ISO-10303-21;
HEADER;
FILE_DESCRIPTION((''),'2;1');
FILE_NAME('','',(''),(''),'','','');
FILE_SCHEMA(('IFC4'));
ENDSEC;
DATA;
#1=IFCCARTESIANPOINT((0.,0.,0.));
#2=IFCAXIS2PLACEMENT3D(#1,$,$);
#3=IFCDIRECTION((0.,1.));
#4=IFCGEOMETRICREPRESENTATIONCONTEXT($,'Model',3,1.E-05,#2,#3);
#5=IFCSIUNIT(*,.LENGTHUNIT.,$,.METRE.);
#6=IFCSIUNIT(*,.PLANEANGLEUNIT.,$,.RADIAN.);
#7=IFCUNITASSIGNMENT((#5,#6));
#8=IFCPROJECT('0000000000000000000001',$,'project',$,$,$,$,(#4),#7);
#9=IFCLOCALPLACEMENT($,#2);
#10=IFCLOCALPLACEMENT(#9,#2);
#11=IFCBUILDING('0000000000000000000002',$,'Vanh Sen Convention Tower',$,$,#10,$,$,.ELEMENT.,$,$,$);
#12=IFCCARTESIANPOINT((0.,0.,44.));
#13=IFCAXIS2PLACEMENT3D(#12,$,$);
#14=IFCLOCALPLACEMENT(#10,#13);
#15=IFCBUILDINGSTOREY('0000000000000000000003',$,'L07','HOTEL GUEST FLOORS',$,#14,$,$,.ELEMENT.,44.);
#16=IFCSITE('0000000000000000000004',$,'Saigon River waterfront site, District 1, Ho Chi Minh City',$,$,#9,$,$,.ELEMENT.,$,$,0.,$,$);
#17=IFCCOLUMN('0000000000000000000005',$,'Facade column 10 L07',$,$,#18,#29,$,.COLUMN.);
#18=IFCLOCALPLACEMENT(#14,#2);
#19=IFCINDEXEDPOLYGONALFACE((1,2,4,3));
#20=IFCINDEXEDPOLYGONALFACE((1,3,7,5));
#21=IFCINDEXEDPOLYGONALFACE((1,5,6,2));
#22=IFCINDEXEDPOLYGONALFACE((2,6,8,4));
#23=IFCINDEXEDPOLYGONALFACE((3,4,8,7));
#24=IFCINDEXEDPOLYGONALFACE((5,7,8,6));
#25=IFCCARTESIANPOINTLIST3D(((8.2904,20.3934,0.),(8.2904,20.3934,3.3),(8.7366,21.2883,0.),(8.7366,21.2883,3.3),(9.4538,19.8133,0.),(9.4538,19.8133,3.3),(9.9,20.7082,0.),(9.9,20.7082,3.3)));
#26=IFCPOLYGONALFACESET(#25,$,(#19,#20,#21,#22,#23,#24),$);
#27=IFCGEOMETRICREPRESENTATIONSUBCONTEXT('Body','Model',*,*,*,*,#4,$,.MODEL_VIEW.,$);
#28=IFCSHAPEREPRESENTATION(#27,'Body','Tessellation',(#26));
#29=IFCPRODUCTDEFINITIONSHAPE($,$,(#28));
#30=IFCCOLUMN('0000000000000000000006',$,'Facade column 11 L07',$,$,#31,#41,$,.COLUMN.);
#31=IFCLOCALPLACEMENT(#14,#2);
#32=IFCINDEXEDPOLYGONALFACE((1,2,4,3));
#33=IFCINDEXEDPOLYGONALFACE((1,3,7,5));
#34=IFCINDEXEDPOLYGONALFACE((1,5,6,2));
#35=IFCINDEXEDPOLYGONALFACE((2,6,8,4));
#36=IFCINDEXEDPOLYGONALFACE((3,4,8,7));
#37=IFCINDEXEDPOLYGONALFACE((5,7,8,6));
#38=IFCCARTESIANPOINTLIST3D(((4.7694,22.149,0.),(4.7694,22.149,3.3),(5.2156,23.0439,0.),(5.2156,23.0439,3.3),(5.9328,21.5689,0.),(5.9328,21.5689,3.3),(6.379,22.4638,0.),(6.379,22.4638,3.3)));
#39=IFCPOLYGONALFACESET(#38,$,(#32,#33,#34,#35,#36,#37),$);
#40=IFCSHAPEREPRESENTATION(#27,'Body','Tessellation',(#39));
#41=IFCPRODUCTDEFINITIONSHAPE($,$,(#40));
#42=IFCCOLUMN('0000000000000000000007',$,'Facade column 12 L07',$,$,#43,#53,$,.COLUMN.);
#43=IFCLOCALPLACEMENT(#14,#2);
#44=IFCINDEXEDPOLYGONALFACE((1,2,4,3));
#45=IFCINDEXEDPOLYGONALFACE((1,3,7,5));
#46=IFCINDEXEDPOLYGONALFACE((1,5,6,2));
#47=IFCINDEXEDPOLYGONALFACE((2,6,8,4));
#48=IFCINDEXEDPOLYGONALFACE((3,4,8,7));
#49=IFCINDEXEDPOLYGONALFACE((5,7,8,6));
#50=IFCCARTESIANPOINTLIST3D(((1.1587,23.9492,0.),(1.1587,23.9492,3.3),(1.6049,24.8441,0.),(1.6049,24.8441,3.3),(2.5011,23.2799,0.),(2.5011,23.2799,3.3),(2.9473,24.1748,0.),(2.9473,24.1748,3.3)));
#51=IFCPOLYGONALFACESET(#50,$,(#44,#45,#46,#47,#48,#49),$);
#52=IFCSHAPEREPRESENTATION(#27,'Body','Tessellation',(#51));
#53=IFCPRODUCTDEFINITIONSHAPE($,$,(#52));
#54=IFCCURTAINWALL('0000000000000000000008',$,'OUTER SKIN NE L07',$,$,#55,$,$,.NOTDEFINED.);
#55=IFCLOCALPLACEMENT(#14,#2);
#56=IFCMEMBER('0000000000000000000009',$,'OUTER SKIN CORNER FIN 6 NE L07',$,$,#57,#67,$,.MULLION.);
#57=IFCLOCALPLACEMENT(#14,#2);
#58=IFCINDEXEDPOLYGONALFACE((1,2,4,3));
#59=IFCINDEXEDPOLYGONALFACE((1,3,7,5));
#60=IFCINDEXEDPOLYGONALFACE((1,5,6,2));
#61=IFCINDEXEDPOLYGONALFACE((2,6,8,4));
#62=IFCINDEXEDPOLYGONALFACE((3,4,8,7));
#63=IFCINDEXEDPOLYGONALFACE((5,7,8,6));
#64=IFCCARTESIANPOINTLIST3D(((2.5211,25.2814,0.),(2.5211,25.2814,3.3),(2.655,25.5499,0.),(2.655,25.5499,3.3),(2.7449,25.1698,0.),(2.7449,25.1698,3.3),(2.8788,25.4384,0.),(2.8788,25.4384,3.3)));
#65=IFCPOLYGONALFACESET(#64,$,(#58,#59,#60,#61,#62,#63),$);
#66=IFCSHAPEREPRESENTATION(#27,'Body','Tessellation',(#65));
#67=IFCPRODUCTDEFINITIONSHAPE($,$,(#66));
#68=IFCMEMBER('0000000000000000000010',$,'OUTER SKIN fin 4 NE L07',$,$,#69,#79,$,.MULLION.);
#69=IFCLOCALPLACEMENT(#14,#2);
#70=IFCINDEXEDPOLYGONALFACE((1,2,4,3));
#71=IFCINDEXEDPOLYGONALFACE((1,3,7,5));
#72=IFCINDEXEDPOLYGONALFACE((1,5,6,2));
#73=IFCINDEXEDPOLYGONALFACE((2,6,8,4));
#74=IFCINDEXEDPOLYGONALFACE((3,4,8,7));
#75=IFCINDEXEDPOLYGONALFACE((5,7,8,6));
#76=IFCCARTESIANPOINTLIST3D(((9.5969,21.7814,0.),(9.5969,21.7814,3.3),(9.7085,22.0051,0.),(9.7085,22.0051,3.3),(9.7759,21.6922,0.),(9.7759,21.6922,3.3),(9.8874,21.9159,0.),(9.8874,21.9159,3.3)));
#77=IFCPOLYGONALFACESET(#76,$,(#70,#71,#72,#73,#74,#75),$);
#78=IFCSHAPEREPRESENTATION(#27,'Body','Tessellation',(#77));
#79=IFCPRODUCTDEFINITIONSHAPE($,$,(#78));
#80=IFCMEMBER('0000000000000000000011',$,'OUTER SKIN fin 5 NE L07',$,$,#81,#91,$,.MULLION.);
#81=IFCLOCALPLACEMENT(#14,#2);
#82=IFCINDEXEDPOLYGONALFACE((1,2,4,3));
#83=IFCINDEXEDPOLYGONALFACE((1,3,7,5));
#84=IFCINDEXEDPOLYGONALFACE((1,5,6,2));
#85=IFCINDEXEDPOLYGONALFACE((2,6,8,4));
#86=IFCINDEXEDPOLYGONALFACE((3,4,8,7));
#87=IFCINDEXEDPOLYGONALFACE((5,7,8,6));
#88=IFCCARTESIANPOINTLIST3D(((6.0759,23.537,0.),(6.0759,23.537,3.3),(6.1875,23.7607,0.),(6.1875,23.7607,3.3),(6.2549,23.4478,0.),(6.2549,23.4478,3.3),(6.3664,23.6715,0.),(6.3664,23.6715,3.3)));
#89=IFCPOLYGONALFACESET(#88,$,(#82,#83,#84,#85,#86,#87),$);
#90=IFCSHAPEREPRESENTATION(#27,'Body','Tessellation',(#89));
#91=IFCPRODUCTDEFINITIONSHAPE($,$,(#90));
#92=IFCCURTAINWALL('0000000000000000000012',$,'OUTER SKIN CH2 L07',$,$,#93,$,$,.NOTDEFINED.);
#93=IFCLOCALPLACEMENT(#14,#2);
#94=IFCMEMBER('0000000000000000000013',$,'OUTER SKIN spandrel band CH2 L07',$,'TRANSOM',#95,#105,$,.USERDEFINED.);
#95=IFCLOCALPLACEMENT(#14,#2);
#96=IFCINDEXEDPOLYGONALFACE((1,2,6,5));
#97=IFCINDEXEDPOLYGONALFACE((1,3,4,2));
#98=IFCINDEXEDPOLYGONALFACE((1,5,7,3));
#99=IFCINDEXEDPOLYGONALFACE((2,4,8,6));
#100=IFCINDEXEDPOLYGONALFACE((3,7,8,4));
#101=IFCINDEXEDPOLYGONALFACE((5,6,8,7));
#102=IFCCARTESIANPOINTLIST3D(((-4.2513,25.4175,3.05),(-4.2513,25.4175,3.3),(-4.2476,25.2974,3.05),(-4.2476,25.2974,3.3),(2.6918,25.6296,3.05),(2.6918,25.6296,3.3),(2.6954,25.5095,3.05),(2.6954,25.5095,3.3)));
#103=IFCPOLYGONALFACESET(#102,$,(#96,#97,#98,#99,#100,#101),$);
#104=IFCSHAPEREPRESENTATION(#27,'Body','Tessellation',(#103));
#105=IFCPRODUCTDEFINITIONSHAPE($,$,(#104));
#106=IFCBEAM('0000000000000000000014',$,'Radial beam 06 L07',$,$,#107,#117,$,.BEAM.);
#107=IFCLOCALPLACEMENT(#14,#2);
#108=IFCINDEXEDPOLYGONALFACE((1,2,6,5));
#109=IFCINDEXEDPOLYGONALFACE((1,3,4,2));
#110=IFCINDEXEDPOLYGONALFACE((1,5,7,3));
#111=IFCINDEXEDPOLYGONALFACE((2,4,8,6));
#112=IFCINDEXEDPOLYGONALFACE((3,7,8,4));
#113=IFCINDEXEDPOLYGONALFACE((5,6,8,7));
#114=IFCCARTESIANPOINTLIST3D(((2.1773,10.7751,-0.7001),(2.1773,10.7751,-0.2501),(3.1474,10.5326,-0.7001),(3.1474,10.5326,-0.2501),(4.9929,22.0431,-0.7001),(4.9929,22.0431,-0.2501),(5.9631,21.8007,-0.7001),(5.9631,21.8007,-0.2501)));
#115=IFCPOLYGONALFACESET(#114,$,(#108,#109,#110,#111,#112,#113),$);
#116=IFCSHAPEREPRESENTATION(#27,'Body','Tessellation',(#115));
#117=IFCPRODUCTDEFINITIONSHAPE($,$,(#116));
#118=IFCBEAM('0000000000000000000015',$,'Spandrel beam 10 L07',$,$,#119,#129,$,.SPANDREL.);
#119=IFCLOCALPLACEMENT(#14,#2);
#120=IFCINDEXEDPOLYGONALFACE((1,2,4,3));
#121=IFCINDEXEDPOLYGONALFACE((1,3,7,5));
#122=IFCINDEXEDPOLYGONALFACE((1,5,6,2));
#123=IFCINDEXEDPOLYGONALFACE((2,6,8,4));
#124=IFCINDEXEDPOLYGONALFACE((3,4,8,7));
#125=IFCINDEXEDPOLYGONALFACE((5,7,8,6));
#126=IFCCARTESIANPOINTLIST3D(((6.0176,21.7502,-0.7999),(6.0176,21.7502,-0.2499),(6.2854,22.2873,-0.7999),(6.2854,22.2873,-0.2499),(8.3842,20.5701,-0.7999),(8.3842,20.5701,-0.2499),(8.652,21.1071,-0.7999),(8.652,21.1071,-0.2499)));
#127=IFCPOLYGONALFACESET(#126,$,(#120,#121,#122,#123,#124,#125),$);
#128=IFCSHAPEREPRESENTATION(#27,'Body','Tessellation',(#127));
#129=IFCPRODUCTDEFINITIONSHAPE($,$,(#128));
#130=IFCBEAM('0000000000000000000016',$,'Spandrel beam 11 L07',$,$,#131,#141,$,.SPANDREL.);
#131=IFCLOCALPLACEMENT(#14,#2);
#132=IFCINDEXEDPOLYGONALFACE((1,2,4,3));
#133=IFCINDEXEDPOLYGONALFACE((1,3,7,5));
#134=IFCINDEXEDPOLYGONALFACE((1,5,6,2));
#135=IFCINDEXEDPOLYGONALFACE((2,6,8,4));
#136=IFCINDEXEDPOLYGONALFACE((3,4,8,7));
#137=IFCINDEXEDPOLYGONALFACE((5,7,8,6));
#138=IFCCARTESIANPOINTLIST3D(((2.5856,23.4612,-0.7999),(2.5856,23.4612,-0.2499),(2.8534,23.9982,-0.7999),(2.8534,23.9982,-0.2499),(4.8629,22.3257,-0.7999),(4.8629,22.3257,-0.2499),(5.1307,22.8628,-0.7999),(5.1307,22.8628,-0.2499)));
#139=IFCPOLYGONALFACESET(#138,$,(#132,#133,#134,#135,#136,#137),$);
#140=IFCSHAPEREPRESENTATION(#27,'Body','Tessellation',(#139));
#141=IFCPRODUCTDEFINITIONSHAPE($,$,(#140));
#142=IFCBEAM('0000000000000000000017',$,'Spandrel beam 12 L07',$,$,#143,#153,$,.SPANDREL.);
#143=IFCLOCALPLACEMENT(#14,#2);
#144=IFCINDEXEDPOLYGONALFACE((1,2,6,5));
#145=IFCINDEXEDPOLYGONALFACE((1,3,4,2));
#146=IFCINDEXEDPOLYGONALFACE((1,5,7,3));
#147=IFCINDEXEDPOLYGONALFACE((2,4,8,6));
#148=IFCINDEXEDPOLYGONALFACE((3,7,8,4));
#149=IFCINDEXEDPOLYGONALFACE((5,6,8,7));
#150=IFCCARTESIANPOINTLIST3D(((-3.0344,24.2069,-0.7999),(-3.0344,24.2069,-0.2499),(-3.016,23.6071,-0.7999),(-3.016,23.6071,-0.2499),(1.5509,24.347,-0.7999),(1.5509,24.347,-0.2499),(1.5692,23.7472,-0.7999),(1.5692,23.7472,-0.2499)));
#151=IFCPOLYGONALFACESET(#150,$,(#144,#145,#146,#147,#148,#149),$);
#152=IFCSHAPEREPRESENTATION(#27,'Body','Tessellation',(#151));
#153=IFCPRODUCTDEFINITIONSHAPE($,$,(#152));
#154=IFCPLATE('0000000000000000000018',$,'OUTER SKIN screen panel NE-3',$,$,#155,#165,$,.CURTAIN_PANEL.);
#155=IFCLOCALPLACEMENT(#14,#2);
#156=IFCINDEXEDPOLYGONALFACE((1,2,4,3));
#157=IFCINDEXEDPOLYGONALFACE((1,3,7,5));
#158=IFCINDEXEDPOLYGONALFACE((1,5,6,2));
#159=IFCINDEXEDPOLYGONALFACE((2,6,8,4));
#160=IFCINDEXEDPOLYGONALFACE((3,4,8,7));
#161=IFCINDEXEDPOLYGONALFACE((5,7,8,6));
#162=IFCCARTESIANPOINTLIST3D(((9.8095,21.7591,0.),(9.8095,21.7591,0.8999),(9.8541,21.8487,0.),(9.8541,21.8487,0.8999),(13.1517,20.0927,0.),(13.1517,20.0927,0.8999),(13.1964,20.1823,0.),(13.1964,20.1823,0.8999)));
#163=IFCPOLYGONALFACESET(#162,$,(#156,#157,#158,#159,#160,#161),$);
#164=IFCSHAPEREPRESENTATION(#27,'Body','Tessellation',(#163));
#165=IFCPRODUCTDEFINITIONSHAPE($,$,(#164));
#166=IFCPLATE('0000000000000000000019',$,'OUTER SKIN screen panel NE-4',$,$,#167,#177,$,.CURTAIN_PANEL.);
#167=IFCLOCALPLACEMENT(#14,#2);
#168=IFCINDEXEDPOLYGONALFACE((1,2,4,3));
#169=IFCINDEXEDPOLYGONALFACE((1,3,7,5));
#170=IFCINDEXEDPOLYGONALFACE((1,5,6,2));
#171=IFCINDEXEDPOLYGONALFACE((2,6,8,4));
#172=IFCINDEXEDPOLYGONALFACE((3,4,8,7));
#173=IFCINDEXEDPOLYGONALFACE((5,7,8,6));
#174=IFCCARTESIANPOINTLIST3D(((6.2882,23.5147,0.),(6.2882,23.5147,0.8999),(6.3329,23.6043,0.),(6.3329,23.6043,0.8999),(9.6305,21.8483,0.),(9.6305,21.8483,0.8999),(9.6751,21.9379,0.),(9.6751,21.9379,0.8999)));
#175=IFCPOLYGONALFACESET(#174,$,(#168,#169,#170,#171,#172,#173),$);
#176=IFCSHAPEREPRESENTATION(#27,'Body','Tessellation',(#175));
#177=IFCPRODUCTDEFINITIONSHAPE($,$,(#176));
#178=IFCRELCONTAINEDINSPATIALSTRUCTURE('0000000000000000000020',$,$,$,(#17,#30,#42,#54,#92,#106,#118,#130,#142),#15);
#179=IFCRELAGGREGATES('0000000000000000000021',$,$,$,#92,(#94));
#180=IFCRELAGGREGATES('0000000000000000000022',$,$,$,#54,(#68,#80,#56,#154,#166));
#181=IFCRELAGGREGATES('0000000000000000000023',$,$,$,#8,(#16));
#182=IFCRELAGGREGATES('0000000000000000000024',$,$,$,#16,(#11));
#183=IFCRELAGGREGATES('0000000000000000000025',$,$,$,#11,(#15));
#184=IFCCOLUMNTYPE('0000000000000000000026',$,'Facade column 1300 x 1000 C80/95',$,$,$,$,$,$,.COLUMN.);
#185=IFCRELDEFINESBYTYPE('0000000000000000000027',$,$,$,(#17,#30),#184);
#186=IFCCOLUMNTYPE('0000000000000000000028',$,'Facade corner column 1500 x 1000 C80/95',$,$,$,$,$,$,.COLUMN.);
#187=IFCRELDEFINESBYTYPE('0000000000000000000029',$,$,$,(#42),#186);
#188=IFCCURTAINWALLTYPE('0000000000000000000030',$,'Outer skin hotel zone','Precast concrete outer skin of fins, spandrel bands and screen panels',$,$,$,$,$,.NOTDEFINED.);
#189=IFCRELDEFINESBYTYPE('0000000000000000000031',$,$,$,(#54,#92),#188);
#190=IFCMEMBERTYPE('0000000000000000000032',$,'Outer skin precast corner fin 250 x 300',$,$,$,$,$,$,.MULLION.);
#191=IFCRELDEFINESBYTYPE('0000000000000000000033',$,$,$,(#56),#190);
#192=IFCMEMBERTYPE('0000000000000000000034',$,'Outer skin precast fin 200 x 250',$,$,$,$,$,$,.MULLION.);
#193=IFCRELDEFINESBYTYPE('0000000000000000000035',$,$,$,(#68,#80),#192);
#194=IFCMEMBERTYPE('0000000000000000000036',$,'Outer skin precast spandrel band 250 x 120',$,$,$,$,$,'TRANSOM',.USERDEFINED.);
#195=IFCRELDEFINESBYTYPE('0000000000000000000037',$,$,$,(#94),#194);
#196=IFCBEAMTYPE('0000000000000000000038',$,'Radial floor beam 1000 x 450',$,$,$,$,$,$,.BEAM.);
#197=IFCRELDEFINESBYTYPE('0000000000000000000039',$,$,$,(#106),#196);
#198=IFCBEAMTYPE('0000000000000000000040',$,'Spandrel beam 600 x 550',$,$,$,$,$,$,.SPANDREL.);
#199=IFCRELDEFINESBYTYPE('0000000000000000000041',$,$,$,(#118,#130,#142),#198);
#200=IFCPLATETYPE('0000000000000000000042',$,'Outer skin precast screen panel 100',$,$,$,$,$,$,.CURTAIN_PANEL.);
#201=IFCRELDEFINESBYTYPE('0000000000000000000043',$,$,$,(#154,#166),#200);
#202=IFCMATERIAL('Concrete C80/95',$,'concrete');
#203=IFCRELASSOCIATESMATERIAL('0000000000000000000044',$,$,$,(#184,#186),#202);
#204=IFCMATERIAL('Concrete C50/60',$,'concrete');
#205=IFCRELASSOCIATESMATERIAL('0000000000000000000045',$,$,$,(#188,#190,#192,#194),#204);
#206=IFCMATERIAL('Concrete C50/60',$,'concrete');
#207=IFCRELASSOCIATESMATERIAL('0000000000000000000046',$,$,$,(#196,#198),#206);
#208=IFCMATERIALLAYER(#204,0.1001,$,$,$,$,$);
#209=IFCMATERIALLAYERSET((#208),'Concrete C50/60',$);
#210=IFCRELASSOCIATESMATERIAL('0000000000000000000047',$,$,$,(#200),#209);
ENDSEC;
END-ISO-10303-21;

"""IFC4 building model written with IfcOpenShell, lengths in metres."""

from ifc_helpers import new_model, si_unit, direction, frame, origin, origin_2d, place, context, subcontext, project, spatial, rectangle, extrude, material, layer, layer_set, material_profile, profile_set, type_object, element, aggregate, save


model = new_model("IFC4")

# Units and contexts
model_context = context("Model", 3, precision=1e-05, world=origin(), true_north=direction((0.0, 1.0)))
body_context = subcontext(model_context, "Body", "Model", "MODEL_VIEW")
ifc_project = project(units=[si_unit("LENGTHUNIT", "METRE"), si_unit("PLANEANGLEUNIT", "RADIAN")], contexts=[model_context])

# Site, building, storey
site_placement = place(None, origin())
site = spatial("IfcSite", under=ifc_project, at=site_placement, Name="Saigon River waterfront site, District 1, Ho Chi Minh City", CompositionType="ELEMENT", RefElevation=0.0)
building_placement = place(site_placement, origin())
building = spatial("IfcBuilding", under=site, at=building_placement, Name="Vanh Sen Convention Tower", CompositionType="ELEMENT")
storey_placement = place(building_placement, frame((0.0, 0.0, 44.0)))
storey = spatial("IfcBuildingStorey", under=building, at=storey_placement, Name="L07", Description="HOTEL GUEST FLOORS", CompositionType="ELEMENT", Elevation=44.0)

# Columns
ifc_material_1 = material(Name="Concrete C80/95", Category="concrete")
ifc_material_profile_1 = material_profile(ifc_material_1, rectangle(XDim=1.3, YDim=1.0, at=origin_2d()), Name="RC 1300X1000")
ifc_profile_set_1 = profile_set([ifc_material_profile_1], Name="Concrete C80/95")
column_type_1 = type_object("IfcColumnType", Name="Facade column 1300 x 1000 C80/95", PredefinedType="COLUMN", material=ifc_profile_set_1)
for number, where, z_axis, x_axis, name in (
    (1, (9.0952, 20.5508, 0.0), (0.0, 0.0, 1.0), (-0.894934, 0.446198, 0.0), "Facade column 10 L07"),
    (2, (5.5742, 22.3064, 0.0), (0.0, 0.0, 1.0), (-0.894934, 0.446198, 0.0), "Facade column 11 L07"),
):
    element("IfcColumn", number, at=place(storey_placement, frame(where, z_axis=z_axis, x_axis=x_axis)), inside=storey, type_object=column_type_1, Name=name, PredefinedType="COLUMN", context=body_context, shape_type="SweptSolid", body=[
        extrude(rectangle(XDim=1.3, YDim=1.0, at=origin_2d()), origin(), (0.0, 0.0, 1.0), 3.3),
    ])
ifc_material_profile_2 = material_profile(ifc_material_1, rectangle(XDim=1.5, YDim=1.0, at=origin_2d()), Name="RC 1500X1000")
ifc_profile_set_2 = profile_set([ifc_material_profile_2], Name="Concrete C80/95")
column_type_2 = type_object("IfcColumnType", Name="Facade corner column 1500 x 1000 C80/95", PredefinedType="COLUMN", material=ifc_profile_set_2)
column_placement = place(storey_placement, frame((2.053, 24.062, 0.0), z_axis=(0.0, 0.0, 1.0), x_axis=(-0.894934, 0.446198, 0.0)))
element("IfcColumn", 3, at=column_placement, inside=storey, type_object=column_type_2, Name="Facade column 12 L07", PredefinedType="COLUMN", context=body_context, shape_type="SweptSolid", body=[
    extrude(rectangle(XDim=1.5, YDim=1.0, at=origin_2d()), origin(), (0.0, 0.0, 1.0), 3.3),
])

# Curtain wall, members
ifc_material_2 = material(Name="Concrete C50/60", Category="concrete")
curtain_wall_type = type_object("IfcCurtainWallType", Name="Outer skin hotel zone", Description="Precast concrete outer skin of fins, spandrel bands and screen panels", PredefinedType="NOTDEFINED", material=ifc_material_2)
curtain_wall_1_placement = place(storey_placement, origin())
curtain_wall_1 = element("IfcCurtainWall", 4, at=curtain_wall_1_placement, inside=storey, type_object=curtain_wall_type, Name="OUTER SKIN NE L07", PredefinedType="NOTDEFINED")
ifc_material_profile_3 = material_profile(ifc_material_2, rectangle(XDim=0.25, YDim=0.3, at=origin_2d()), Name="Outer skin precast corner fin 250 x 300")
ifc_profile_set_3 = profile_set([ifc_material_profile_3], Name="Concrete C50/60")
member_type_1 = type_object("IfcMemberType", Name="Outer skin precast corner fin 250 x 300", PredefinedType="MULLION", material=ifc_profile_set_3)
member_1_placement = place(storey_placement, frame((2.7, 25.3599, 0.0), z_axis=(0.0, 0.0, 1.0), x_axis=(-0.894934, 0.446198, 0.0)))
member_1 = element("IfcMember", 5, at=member_1_placement, type_object=member_type_1, Name="OUTER SKIN CORNER FIN 6 NE L07", PredefinedType="MULLION", context=body_context, shape_type="SweptSolid", body=[
    extrude(rectangle(XDim=0.25, YDim=0.3, at=origin_2d()), origin(), (0.0, 0.0, 1.0), 3.3),
])
ifc_material_profile_4 = material_profile(ifc_material_2, rectangle(XDim=0.2, YDim=0.25, at=origin_2d()), Name="Outer skin precast fin 200 x 250")
ifc_profile_set_4 = profile_set([ifc_material_profile_4], Name="Concrete C50/60")
member_type_2 = type_object("IfcMemberType", Name="Outer skin precast fin 200 x 250", PredefinedType="MULLION", material=ifc_profile_set_4)
member_2_placement = place(storey_placement, frame((9.7422, 21.8486, 0.0), z_axis=(0.0, 0.0, 1.0), x_axis=(-0.894934, 0.446198, 0.0)))
member_2 = element("IfcMember", 6, at=member_2_placement, type_object=member_type_2, Name="OUTER SKIN fin 4 NE L07", PredefinedType="MULLION", context=body_context, shape_type="SweptSolid", body=[
    extrude(rectangle(XDim=0.2, YDim=0.25, at=origin_2d()), origin(), (0.0, 0.0, 1.0), 3.3),
])
member_3_placement = place(storey_placement, frame((6.2212, 23.6042, 0.0), z_axis=(0.0, 0.0, 1.0), x_axis=(-0.894934, 0.446198, 0.0)))
member_3 = element("IfcMember", 7, at=member_3_placement, type_object=member_type_2, Name="OUTER SKIN fin 5 NE L07", PredefinedType="MULLION", context=body_context, shape_type="SweptSolid", body=[
    extrude(rectangle(XDim=0.2, YDim=0.25, at=origin_2d()), origin(), (0.0, 0.0, 1.0), 3.3),
])

# Curtain wall, member
curtain_wall_2_placement = place(storey_placement, origin())
curtain_wall_2 = element("IfcCurtainWall", 8, at=curtain_wall_2_placement, inside=storey, type_object=curtain_wall_type, Name="OUTER SKIN CH2 L07", PredefinedType="NOTDEFINED")
ifc_material_profile_5 = material_profile(ifc_material_2, rectangle(XDim=0.1201, YDim=0.25, at=origin_2d()), Name="Outer skin precast spandrel band 250 x 120")
ifc_profile_set_5 = profile_set([ifc_material_profile_5], Name="Concrete C50/60")
member_type_3 = type_object("IfcMemberType", Name="Outer skin precast spandrel band 250 x 120", ElementType="TRANSOM", PredefinedType="USERDEFINED", material=ifc_profile_set_5)
member_4_placement = place(storey_placement, frame((2.6936, 25.5696, 3.175), z_axis=(-0.999533, -0.030542, 0.0), x_axis=(0.030542, -0.999533, 0.0)))
member_4 = element("IfcMember", 9, at=member_4_placement, type_object=member_type_3, Name="OUTER SKIN spandrel band CH2 L07", ObjectType="TRANSOM", PredefinedType="USERDEFINED", context=body_context, shape_type="SweptSolid", body=[
    extrude(rectangle(XDim=0.1201, YDim=0.25, at=origin_2d()), origin(), (0.0, 0.0, 1.0), 6.9463),
])
aggregate(curtain_wall_2, [member_4])

# Beams
ifc_material_3 = material(Name="Concrete C50/60", Category="concrete")
ifc_material_profile_6 = material_profile(ifc_material_3, rectangle(XDim=1.0, YDim=0.45, at=origin_2d()), Name="RC 1000X450")
ifc_profile_set_6 = profile_set([ifc_material_profile_6], Name="Concrete C50/60")
beam_type_1 = type_object("IfcBeamType", Name="Radial floor beam 1000 x 450", PredefinedType="BEAM", material=ifc_profile_set_6)
beam_1_placement = place(storey_placement, frame((5.478, 21.9219, -0.4751), z_axis=(-0.242427, -0.97017, 0.0), x_axis=(0.97017, -0.242427, 0.0)))
element("IfcBeam", 10, at=beam_1_placement, inside=storey, type_object=beam_type_1, Name="Radial beam 06 L07", PredefinedType="BEAM", context=body_context, shape_type="SweptSolid", body=[
    extrude(rectangle(XDim=1.0, YDim=0.45, at=origin_2d()), origin(), (0.0, 0.0, 1.0), 11.6145),
])
ifc_material_profile_7 = material_profile(ifc_material_3, rectangle(XDim=0.6001, YDim=0.55, at=origin_2d()), Name="RC 600X550")
ifc_profile_set_7 = profile_set([ifc_material_profile_7], Name="Concrete C50/60")
beam_type_2 = type_object("IfcBeamType", Name="Spandrel beam 600 x 550", PredefinedType="SPANDREL", material=ifc_profile_set_7)
beam_2_placement = place(storey_placement, frame((8.5181, 20.8386, -0.5249), z_axis=(-0.894907, 0.446253, 0.0), x_axis=(-0.446253, -0.894907, 0.0)))
element("IfcBeam", 11, at=beam_2_placement, inside=storey, type_object=beam_type_2, Name="Spandrel beam 10 L07", PredefinedType="SPANDREL", context=body_context, shape_type="SweptSolid", body=[
    extrude(rectangle(XDim=0.6001, YDim=0.55, at=origin_2d()), origin(), (0.0, 0.0, 1.0), 2.6445),
])
beam_3_placement = place(storey_placement, frame((4.9968, 22.5942, -0.5249), z_axis=(-0.894926, 0.446216, 0.0), x_axis=(-0.446216, -0.894926, 0.0)))
element("IfcBeam", 12, at=beam_3_placement, inside=storey, type_object=beam_type_2, Name="Spandrel beam 11 L07", PredefinedType="SPANDREL", context=body_context, shape_type="SweptSolid", body=[
    extrude(rectangle(XDim=0.6001, YDim=0.55, at=origin_2d()), origin(), (0.0, 0.0, 1.0), 2.5447),
])
beam_4_placement = place(storey_placement, frame((1.5601, 24.0471, -0.5249), z_axis=(-0.999533, -0.030549, 0.0), x_axis=(0.030549, -0.999533, 0.0)))
element("IfcBeam", 13, at=beam_4_placement, inside=storey, type_object=beam_type_2, Name="Spandrel beam 12 L07", PredefinedType="SPANDREL", context=body_context, shape_type="SweptSolid", body=[
    extrude(rectangle(XDim=0.6001, YDim=0.55, at=origin_2d()), origin(), (0.0, 0.0, 1.0), 4.5874),
])

# Plates
ifc_layer_1 = layer(ifc_material_2, 0.1001)
ifc_layer_set_1 = layer_set([ifc_layer_1], Name="Concrete C50/60")
plate_type = type_object("IfcPlateType", Name="Outer skin precast screen panel 100", PredefinedType="CURTAIN_PANEL", material=ifc_layer_set_1)
plate_1_placement = place(storey_placement, frame((11.5029, 20.9707, 0.0), z_axis=(0.0, 0.0, 1.0), x_axis=(-0.894935, 0.446196, 0.0)))
plate_1 = element("IfcPlate", 14, at=plate_1_placement, type_object=plate_type, Name="OUTER SKIN screen panel NE-3", PredefinedType="CURTAIN_PANEL", context=body_context, shape_type="SweptSolid", body=[
    extrude(rectangle(XDim=3.7346, YDim=0.1001, at=origin_2d()), origin(), (0.0, 0.0, 1.0), 0.8999),
])
plate_2_placement = place(storey_placement, frame((7.9817, 22.7263, 0.0), z_axis=(0.0, 0.0, 1.0), x_axis=(-0.894935, 0.446196, 0.0)))
plate_2 = element("IfcPlate", 15, at=plate_2_placement, type_object=plate_type, Name="OUTER SKIN screen panel NE-4", PredefinedType="CURTAIN_PANEL", context=body_context, shape_type="SweptSolid", body=[
    extrude(rectangle(XDim=3.7346, YDim=0.1001, at=origin_2d()), origin(), (0.0, 0.0, 1.0), 0.8999),
])
aggregate(curtain_wall_1, [member_2, member_3, member_1, plate_1, plate_2])

save(model, "model.ifc")
